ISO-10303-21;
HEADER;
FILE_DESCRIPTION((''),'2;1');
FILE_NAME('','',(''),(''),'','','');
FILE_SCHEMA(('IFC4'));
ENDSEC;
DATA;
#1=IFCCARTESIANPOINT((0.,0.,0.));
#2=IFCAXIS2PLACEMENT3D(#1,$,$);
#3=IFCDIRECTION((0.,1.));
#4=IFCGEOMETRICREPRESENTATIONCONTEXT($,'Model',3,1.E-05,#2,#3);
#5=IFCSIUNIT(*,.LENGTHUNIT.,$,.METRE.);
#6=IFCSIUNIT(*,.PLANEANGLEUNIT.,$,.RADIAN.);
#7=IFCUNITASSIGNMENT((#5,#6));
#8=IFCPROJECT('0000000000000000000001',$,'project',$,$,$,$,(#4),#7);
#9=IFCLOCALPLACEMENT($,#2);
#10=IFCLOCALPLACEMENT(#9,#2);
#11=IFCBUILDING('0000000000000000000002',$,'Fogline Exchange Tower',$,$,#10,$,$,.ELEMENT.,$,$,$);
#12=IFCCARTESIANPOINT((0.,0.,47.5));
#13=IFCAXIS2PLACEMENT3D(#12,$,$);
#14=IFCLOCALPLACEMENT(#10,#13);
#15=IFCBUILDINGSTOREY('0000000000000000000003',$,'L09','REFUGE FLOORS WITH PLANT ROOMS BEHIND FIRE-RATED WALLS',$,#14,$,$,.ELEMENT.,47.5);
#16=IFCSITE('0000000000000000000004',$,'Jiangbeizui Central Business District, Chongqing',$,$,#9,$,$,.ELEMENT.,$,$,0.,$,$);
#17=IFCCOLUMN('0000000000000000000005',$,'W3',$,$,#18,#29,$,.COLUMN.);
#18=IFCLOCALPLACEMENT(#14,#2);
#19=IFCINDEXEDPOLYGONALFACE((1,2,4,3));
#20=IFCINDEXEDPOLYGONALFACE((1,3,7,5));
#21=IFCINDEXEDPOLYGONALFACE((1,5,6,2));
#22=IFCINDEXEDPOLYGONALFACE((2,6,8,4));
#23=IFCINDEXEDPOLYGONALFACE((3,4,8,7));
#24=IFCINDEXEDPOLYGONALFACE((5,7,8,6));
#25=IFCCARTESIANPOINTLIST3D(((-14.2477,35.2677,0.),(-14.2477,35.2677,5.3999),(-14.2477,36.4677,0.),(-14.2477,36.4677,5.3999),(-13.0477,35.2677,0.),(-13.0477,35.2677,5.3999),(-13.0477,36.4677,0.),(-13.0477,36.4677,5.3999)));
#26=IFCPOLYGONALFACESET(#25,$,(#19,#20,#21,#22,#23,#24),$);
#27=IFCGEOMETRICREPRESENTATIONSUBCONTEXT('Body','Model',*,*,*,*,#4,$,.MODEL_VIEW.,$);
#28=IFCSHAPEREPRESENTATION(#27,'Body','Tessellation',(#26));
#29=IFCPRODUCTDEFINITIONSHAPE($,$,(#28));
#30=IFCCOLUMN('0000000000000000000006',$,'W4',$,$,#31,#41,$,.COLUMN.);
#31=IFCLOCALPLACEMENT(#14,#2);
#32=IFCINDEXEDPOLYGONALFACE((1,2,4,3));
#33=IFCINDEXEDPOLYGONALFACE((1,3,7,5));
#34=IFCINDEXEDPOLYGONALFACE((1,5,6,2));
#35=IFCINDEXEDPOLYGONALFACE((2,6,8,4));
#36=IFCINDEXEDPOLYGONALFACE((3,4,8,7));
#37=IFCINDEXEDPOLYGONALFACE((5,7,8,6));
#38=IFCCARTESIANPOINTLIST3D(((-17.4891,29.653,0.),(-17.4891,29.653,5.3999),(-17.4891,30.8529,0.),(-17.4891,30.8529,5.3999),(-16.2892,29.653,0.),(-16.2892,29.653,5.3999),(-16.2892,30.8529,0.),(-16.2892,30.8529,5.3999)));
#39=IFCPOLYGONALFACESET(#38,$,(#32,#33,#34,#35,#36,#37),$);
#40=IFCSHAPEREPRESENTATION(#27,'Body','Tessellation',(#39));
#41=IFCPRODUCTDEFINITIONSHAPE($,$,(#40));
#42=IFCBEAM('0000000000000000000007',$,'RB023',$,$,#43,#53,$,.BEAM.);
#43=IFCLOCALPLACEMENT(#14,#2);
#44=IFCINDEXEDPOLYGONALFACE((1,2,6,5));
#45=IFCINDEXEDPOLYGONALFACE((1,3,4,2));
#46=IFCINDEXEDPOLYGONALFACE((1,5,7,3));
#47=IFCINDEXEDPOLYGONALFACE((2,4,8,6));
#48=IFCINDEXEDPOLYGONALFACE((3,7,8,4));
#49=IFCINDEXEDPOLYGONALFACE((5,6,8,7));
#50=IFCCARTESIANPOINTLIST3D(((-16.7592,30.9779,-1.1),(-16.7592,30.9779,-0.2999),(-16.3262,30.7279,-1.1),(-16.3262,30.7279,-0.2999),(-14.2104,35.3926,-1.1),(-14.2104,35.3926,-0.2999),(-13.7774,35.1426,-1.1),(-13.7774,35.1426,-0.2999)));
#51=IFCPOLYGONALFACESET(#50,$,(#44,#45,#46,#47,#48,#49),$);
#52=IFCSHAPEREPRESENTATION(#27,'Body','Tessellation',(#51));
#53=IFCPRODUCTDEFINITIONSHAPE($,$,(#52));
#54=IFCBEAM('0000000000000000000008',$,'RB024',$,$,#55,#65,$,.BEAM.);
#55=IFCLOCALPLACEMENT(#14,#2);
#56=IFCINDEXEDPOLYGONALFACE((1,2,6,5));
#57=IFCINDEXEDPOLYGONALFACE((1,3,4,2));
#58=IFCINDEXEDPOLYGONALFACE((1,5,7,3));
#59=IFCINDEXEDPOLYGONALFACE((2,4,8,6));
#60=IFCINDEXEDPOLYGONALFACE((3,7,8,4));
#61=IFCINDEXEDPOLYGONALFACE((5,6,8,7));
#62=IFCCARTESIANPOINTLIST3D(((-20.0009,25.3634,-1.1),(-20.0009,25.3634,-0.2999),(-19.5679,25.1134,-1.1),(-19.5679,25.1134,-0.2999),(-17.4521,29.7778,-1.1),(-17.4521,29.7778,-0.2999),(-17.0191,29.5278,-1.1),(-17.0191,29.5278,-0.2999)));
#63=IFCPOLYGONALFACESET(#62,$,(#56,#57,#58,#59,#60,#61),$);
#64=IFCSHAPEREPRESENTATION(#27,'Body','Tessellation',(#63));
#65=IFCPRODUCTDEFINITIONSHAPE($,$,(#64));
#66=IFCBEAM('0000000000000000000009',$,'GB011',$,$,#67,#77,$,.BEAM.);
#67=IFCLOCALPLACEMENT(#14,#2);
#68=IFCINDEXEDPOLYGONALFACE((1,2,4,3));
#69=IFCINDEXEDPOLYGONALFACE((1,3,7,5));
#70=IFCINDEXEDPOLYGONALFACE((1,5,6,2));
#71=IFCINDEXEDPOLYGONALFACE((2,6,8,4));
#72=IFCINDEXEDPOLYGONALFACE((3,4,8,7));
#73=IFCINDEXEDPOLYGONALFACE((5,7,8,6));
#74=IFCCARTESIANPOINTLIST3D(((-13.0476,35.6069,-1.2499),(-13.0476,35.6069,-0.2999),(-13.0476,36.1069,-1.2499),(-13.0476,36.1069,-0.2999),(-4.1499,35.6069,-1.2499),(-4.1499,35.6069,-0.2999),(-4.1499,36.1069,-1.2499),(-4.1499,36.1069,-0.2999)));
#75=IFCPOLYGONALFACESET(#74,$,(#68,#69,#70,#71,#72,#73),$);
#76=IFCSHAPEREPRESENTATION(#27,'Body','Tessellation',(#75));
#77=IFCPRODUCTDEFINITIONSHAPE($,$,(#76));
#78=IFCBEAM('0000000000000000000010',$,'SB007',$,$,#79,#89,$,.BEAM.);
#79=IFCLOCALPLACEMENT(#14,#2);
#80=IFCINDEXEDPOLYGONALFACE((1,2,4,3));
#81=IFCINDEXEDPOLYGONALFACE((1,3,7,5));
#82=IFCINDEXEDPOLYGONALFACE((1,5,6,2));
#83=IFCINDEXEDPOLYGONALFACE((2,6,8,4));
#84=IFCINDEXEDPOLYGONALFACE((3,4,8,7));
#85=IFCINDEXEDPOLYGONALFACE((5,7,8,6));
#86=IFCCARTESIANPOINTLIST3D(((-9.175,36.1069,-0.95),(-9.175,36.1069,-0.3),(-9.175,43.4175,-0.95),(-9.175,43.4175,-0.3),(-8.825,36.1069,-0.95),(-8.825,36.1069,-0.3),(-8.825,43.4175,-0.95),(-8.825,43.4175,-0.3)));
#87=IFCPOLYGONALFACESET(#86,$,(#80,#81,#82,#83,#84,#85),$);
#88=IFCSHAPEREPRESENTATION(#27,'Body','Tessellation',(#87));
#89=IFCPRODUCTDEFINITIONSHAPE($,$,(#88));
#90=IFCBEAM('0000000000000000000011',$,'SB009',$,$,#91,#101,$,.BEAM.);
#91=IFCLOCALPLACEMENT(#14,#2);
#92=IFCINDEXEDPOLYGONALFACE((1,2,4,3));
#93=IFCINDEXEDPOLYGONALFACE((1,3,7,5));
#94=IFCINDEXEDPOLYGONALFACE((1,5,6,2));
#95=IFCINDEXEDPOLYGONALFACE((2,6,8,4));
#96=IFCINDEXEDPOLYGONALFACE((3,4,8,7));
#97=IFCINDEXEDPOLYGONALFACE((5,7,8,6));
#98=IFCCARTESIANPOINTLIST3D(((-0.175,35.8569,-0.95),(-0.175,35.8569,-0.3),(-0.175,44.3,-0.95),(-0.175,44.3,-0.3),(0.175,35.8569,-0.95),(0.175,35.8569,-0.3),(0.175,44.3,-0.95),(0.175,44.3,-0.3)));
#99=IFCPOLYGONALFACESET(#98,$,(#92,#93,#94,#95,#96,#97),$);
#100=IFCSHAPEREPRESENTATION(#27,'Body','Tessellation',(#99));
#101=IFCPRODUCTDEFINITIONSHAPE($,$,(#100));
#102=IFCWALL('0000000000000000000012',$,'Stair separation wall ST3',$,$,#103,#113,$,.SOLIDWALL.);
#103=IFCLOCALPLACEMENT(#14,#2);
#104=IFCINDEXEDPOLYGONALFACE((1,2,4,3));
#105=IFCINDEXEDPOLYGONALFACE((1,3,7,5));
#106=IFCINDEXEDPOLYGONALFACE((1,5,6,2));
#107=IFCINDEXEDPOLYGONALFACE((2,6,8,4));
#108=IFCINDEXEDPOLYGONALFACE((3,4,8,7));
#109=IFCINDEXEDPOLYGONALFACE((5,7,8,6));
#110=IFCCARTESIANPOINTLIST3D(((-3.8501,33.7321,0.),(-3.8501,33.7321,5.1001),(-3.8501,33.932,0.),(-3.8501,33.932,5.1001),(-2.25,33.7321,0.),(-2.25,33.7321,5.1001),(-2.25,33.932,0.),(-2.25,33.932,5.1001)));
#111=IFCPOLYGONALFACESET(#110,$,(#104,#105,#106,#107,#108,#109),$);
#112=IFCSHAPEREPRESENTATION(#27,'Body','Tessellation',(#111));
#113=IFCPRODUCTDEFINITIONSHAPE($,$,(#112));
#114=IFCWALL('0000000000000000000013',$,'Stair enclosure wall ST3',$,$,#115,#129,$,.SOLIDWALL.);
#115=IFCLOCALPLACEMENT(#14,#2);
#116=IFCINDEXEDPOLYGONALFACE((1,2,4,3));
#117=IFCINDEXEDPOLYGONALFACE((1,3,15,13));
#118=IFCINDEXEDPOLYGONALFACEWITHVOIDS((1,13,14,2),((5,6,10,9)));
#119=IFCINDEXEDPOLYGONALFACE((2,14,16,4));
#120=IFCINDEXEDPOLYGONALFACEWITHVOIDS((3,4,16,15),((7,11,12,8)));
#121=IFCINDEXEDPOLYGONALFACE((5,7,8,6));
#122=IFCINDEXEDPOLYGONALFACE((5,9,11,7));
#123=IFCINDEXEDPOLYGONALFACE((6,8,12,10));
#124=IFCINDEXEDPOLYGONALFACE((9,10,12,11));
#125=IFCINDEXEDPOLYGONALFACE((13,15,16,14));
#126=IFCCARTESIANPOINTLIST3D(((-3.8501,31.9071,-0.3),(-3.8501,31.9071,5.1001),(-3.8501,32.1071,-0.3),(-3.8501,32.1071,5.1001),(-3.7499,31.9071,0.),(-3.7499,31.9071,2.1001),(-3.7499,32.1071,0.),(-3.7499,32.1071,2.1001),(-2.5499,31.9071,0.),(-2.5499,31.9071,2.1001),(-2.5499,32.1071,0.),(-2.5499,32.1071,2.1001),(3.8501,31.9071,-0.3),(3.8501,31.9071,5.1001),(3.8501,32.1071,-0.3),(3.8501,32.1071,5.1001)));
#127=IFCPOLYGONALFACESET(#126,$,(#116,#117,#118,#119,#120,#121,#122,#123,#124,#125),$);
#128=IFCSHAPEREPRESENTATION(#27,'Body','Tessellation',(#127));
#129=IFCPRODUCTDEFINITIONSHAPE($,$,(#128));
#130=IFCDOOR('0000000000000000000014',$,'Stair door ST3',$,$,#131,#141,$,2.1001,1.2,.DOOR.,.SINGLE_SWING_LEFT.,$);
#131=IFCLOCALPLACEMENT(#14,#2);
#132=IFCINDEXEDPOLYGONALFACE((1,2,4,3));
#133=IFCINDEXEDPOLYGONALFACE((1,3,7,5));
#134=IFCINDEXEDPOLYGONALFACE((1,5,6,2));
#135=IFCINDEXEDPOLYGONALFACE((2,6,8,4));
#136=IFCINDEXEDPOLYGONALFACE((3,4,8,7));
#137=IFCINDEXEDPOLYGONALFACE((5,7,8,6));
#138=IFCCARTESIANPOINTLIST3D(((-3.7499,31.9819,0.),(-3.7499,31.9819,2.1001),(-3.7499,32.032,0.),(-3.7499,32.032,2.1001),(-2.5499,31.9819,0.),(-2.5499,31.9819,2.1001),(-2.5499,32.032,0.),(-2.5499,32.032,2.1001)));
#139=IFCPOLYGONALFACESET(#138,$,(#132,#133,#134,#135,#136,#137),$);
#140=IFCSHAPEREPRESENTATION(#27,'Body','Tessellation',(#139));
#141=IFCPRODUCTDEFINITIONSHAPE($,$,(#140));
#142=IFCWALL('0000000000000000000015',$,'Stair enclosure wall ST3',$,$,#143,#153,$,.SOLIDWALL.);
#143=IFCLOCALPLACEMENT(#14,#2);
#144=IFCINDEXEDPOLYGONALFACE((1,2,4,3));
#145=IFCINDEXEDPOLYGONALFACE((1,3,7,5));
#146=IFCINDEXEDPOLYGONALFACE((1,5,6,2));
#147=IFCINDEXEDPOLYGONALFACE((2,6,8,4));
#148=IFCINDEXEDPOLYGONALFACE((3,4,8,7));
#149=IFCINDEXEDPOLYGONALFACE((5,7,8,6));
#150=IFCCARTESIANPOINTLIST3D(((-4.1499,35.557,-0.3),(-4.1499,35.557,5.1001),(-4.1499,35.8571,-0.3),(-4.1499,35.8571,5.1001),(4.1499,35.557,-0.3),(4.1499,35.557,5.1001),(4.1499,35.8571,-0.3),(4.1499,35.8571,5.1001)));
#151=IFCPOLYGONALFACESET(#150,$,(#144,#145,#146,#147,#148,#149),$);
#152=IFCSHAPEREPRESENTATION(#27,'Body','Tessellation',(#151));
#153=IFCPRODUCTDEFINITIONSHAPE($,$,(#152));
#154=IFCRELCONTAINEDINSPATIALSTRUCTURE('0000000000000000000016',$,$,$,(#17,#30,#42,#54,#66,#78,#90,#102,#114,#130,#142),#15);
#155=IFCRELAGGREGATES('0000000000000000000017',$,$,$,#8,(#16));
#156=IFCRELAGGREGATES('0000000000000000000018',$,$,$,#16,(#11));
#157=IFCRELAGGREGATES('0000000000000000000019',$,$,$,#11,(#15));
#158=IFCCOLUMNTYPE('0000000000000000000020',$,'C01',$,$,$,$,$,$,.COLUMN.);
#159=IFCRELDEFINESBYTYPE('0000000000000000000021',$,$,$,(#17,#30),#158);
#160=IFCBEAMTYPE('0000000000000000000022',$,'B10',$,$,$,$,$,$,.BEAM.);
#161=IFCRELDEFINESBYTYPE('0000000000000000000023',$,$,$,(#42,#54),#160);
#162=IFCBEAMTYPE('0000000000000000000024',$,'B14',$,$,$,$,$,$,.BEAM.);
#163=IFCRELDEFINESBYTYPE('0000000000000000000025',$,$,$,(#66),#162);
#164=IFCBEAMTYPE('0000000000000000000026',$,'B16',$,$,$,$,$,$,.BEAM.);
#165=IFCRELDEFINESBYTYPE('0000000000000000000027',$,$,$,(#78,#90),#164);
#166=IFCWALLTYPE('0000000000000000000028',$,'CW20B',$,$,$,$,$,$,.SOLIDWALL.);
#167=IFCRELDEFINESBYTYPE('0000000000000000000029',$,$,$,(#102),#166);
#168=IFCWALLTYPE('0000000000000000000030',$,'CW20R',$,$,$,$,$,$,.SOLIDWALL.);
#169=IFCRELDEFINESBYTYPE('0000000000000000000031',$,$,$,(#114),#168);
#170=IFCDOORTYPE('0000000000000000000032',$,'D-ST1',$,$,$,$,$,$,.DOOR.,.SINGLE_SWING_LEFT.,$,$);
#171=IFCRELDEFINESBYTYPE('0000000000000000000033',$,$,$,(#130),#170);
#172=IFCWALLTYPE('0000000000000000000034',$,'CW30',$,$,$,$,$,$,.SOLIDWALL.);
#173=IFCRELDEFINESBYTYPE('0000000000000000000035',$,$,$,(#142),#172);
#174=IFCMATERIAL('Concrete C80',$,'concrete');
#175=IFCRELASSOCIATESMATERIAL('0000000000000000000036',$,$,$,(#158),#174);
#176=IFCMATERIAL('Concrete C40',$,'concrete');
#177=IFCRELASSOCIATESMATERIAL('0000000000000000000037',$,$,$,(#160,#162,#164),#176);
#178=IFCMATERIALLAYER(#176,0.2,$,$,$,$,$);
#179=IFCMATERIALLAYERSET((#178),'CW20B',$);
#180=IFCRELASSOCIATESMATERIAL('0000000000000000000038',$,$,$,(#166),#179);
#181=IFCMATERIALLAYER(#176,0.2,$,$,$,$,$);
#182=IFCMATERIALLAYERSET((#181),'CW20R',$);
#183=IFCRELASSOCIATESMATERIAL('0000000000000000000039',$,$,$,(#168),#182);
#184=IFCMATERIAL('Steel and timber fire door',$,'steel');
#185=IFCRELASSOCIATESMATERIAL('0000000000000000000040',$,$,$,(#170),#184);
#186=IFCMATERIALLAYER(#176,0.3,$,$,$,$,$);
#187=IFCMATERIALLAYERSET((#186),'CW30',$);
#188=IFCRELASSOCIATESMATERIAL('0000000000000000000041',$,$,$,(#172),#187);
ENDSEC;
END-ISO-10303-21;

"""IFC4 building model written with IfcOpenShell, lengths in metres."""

from ifc_helpers import new_model, si_unit, direction, frame, frame_2d, origin, origin_2d, place, context, subcontext, project, spatial, rectangle, extrude, material, layer, layer_set, material_profile, profile_set, type_object, element, fill, save


model = new_model("IFC4")

# Units and contexts
model_context = context("Model", 3, precision=1e-05, world=origin(), true_north=direction((0.0, 1.0)))
body_context = subcontext(model_context, "Body", "Model", "MODEL_VIEW")
ifc_project = project(units=[si_unit("LENGTHUNIT", "METRE"), si_unit("PLANEANGLEUNIT", "RADIAN")], contexts=[model_context])

# Site, building, storey
site_placement = place(None, origin())
site = spatial("IfcSite", under=ifc_project, at=site_placement, Name="Jiangbeizui Central Business District, Chongqing", CompositionType="ELEMENT", RefElevation=0.0)
building_placement = place(site_placement, origin())
building = spatial("IfcBuilding", under=site, at=building_placement, Name="Fogline Exchange Tower", CompositionType="ELEMENT")
storey_placement = place(building_placement, frame((0.0, 0.0, 47.5)))
storey = spatial("IfcBuildingStorey", under=building, at=storey_placement, Name="L09", Description="REFUGE FLOORS WITH PLANT ROOMS BEHIND FIRE-RATED WALLS", CompositionType="ELEMENT", Elevation=47.5)

# Columns
ifc_material_1 = material(Name="Concrete C80", Category="concrete")
ifc_material_profile_1 = material_profile(ifc_material_1, rectangle(XDim=1.2, YDim=1.2, at=origin_2d()), Name="RC 1200x1200")
ifc_profile_set_1 = profile_set([ifc_material_profile_1], Name="Concrete C80")
column_type = type_object("IfcColumnType", Name="C01", PredefinedType="COLUMN", material=ifc_profile_set_1)
for number, where, z_axis, x_axis, name in (
    (1, (-13.6477, 35.8677, 0.0), (0.0, 0.0, 1.0), (1.0, 0.0, 0.0), "W3"),
    (2, (-16.8892, 30.2529, 0.0), (0.0, 0.0, 1.0), (1.0, 0.0, 0.0), "W4"),
):
    element("IfcColumn", number, at=place(storey_placement, frame(where, z_axis=z_axis, x_axis=x_axis)), inside=storey, type_object=column_type, Name=name, PredefinedType="COLUMN", context=body_context, shape_type="SweptSolid", body=[
        extrude(rectangle(XDim=1.2, YDim=1.2, at=origin_2d()), origin(), (0.0, 0.0, 1.0), 5.3999),
    ])

# Beams
ifc_material_2 = material(Name="Concrete C40", Category="concrete")
ifc_material_profile_2 = material_profile(ifc_material_2, rectangle(XDim=0.5, YDim=0.8, at=origin_2d()), Name="RC 500x800")
ifc_profile_set_2 = profile_set([ifc_material_profile_2], Name="Concrete C40")
beam_type_1 = type_object("IfcBeamType", Name="B10", PredefinedType="BEAM", material=ifc_profile_set_2)
beam_1_placement = place(storey_placement, frame((-13.9939, 35.2676, -0.7), z_axis=(-0.499992, -0.86603, 0.0), x_axis=(0.86603, -0.499992, 0.0)))
element("IfcBeam", 3, at=beam_1_placement, inside=storey, type_object=beam_type_1, Name="RB023", PredefinedType="BEAM", context=body_context, shape_type="SweptSolid", body=[
    extrude(rectangle(XDim=0.5, YDim=0.8, at=origin_2d()), origin(), (0.0, 0.0, 1.0), 5.0977),
])
beam_2_placement = place(storey_placement, frame((-17.2356, 29.6528, -0.7), z_axis=(-0.500013, -0.866018, 0.0), x_axis=(0.866018, -0.500013, 0.0)))
element("IfcBeam", 4, at=beam_2_placement, inside=storey, type_object=beam_type_1, Name="RB024", PredefinedType="BEAM", context=body_context, shape_type="SweptSolid", body=[
    extrude(rectangle(XDim=0.5, YDim=0.8, at=origin_2d()), origin(), (0.0, 0.0, 1.0), 5.0974),
])
ifc_material_profile_3 = material_profile(ifc_material_2, rectangle(XDim=0.5, YDim=0.95, at=origin_2d()), Name="RC 500x950")
ifc_profile_set_3 = profile_set([ifc_material_profile_3], Name="Concrete C40")
beam_type_2 = type_object("IfcBeamType", Name="B14", PredefinedType="BEAM", material=ifc_profile_set_3)
beam_3_placement = place(storey_placement, frame((-13.0476, 35.8569, -0.7749), z_axis=(1.0, 0.0, 0.0), x_axis=(0.0, 1.0, 0.0)))
element("IfcBeam", 5, at=beam_3_placement, inside=storey, type_object=beam_type_2, Name="GB011", PredefinedType="BEAM", context=body_context, shape_type="SweptSolid", body=[
    extrude(rectangle(XDim=0.5, YDim=0.95, at=origin_2d()), origin(), (0.0, 0.0, 1.0), 8.8977),
])
ifc_material_profile_4 = material_profile(ifc_material_2, rectangle(XDim=0.3501, YDim=0.6499, at=origin_2d()), Name="RC 350x650")
ifc_profile_set_4 = profile_set([ifc_material_profile_4], Name="Concrete C40")
beam_type_3 = type_object("IfcBeamType", Name="B16", PredefinedType="BEAM", material=ifc_profile_set_4)
beam_4_placement = place(storey_placement, frame((-9.0, 36.1069, -0.625), z_axis=(0.0, 1.0, 0.0), x_axis=(-1.0, 0.0, 0.0)))
element("IfcBeam", 6, at=beam_4_placement, inside=storey, type_object=beam_type_3, Name="SB007", PredefinedType="BEAM", context=body_context, shape_type="SweptSolid", body=[
    extrude(rectangle(XDim=0.3501, YDim=0.6499, at=origin_2d()), origin(), (0.0, 0.0, 1.0), 7.3105),
])
beam_5_placement = place(storey_placement, frame((0.0, 35.8569, -0.625), z_axis=(0.0, 1.0, 0.0), x_axis=(-1.0, 0.0, 0.0)))
element("IfcBeam", 7, at=beam_5_placement, inside=storey, type_object=beam_type_3, Name="SB009", PredefinedType="BEAM", context=body_context, shape_type="SweptSolid", body=[
    extrude(rectangle(XDim=0.3501, YDim=0.6499, at=origin_2d()), origin(), (0.0, 0.0, 1.0), 8.4431),
])

# Wall
ifc_layer_1 = layer(ifc_material_2, 0.2)
ifc_layer_set_1 = layer_set([ifc_layer_1], Name="CW20B")
wall_type_1 = type_object("IfcWallType", Name="CW20B", PredefinedType="SOLIDWALL", material=ifc_layer_set_1)
wall_1_placement = place(storey_placement, frame((-3.8501, 33.832, 0.0), z_axis=(0.0, 0.0, 1.0), x_axis=(1.0, 0.0, 0.0)))
element("IfcWall", 8, at=wall_1_placement, inside=storey, type_object=wall_type_1, Name="Stair separation wall ST3", PredefinedType="SOLIDWALL", context=body_context, shape_type="SweptSolid", body=[
    extrude(rectangle(XDim=1.6001, YDim=0.2, at=frame_2d((0.8, 0.0))), origin(), (0.0, 0.0, 1.0), 5.1001),
])

# Wall, opening, door
ifc_layer_2 = layer(ifc_material_2, 0.2)
ifc_layer_set_2 = layer_set([ifc_layer_2], Name="CW20R")
wall_type_2 = type_object("IfcWallType", Name="CW20R", PredefinedType="SOLIDWALL", material=ifc_layer_set_2)
wall_2_placement = place(storey_placement, frame((-3.8501, 32.0071, -0.3), z_axis=(0.0, 0.0, 1.0), x_axis=(1.0, 0.0, 0.0)))
wall_2 = element("IfcWall", 9, at=wall_2_placement, inside=storey, type_object=wall_type_2, Name="Stair enclosure wall ST3", PredefinedType="SOLIDWALL", context=body_context, shape_type="SweptSolid", body=[
    extrude(rectangle(XDim=7.7002, YDim=0.2, at=frame_2d((3.8501, 0.0))), origin(), (0.0, 0.0, 1.0), 5.4001),
])
opening_1_placement = place(wall_2_placement, frame((0.1001, 0.0, 0.3)))
opening_1 = element("IfcOpeningElement", 10, at=opening_1_placement, cuts=wall_2, PredefinedType="OPENING", context=body_context, shape_type="SweptSolid", body=[
    extrude(rectangle(XDim=1.2, YDim=2.1001, at=frame_2d((0.6001, 1.05))), frame((0.0, 0.1099, 0.0), z_axis=(0.0, -1.0, 0.0), x_axis=(1.0, 0.0, 0.0)), (0.0, 0.0, 1.0), 0.22),
])
ifc_material_3 = material(Name="Steel and timber fire door", Category="steel")
door_type_1 = type_object("IfcDoorType", Name="D-ST1", OperationType="SINGLE_SWING_LEFT", PredefinedType="DOOR", material=ifc_material_3)
door_1_placement = place(opening_1_placement, origin())
door_1 = element("IfcDoor", 11, at=door_1_placement, inside=storey, type_object=door_type_1, Name="Stair door ST3", OperationType="SINGLE_SWING_LEFT", OverallHeight=2.1001, OverallWidth=1.2, PredefinedType="DOOR", context=body_context, shape_type="SweptSolid", body=[
    extrude(rectangle(XDim=1.2, YDim=2.1001, at=frame_2d((0.6001, 1.05))), frame((0.0, 0.0249, 0.0), z_axis=(0.0, -1.0, 0.0), x_axis=(1.0, 0.0, 0.0)), (0.0, 0.0, 1.0), 0.05),
])
fill(opening_1, door_1)

# Wall
ifc_layer_3 = layer(ifc_material_2, 0.3)
ifc_layer_set_3 = layer_set([ifc_layer_3], Name="CW30")
wall_type_3 = type_object("IfcWallType", Name="CW30", PredefinedType="SOLIDWALL", material=ifc_layer_set_3)
wall_3_placement = place(storey_placement, frame((-4.1499, 35.707, -0.3), z_axis=(0.0, 0.0, 1.0), x_axis=(1.0, 0.0, 0.0)))
element("IfcWall", 12, at=wall_3_placement, inside=storey, type_object=wall_type_3, Name="Stair enclosure wall ST3", PredefinedType="SOLIDWALL", context=body_context, shape_type="SweptSolid", body=[
    extrude(rectangle(XDim=8.2998, YDim=0.3, at=frame_2d((4.1499, 0.0))), origin(), (0.0, 0.0, 1.0), 5.4001),
])

save(model, "model.ifc")
